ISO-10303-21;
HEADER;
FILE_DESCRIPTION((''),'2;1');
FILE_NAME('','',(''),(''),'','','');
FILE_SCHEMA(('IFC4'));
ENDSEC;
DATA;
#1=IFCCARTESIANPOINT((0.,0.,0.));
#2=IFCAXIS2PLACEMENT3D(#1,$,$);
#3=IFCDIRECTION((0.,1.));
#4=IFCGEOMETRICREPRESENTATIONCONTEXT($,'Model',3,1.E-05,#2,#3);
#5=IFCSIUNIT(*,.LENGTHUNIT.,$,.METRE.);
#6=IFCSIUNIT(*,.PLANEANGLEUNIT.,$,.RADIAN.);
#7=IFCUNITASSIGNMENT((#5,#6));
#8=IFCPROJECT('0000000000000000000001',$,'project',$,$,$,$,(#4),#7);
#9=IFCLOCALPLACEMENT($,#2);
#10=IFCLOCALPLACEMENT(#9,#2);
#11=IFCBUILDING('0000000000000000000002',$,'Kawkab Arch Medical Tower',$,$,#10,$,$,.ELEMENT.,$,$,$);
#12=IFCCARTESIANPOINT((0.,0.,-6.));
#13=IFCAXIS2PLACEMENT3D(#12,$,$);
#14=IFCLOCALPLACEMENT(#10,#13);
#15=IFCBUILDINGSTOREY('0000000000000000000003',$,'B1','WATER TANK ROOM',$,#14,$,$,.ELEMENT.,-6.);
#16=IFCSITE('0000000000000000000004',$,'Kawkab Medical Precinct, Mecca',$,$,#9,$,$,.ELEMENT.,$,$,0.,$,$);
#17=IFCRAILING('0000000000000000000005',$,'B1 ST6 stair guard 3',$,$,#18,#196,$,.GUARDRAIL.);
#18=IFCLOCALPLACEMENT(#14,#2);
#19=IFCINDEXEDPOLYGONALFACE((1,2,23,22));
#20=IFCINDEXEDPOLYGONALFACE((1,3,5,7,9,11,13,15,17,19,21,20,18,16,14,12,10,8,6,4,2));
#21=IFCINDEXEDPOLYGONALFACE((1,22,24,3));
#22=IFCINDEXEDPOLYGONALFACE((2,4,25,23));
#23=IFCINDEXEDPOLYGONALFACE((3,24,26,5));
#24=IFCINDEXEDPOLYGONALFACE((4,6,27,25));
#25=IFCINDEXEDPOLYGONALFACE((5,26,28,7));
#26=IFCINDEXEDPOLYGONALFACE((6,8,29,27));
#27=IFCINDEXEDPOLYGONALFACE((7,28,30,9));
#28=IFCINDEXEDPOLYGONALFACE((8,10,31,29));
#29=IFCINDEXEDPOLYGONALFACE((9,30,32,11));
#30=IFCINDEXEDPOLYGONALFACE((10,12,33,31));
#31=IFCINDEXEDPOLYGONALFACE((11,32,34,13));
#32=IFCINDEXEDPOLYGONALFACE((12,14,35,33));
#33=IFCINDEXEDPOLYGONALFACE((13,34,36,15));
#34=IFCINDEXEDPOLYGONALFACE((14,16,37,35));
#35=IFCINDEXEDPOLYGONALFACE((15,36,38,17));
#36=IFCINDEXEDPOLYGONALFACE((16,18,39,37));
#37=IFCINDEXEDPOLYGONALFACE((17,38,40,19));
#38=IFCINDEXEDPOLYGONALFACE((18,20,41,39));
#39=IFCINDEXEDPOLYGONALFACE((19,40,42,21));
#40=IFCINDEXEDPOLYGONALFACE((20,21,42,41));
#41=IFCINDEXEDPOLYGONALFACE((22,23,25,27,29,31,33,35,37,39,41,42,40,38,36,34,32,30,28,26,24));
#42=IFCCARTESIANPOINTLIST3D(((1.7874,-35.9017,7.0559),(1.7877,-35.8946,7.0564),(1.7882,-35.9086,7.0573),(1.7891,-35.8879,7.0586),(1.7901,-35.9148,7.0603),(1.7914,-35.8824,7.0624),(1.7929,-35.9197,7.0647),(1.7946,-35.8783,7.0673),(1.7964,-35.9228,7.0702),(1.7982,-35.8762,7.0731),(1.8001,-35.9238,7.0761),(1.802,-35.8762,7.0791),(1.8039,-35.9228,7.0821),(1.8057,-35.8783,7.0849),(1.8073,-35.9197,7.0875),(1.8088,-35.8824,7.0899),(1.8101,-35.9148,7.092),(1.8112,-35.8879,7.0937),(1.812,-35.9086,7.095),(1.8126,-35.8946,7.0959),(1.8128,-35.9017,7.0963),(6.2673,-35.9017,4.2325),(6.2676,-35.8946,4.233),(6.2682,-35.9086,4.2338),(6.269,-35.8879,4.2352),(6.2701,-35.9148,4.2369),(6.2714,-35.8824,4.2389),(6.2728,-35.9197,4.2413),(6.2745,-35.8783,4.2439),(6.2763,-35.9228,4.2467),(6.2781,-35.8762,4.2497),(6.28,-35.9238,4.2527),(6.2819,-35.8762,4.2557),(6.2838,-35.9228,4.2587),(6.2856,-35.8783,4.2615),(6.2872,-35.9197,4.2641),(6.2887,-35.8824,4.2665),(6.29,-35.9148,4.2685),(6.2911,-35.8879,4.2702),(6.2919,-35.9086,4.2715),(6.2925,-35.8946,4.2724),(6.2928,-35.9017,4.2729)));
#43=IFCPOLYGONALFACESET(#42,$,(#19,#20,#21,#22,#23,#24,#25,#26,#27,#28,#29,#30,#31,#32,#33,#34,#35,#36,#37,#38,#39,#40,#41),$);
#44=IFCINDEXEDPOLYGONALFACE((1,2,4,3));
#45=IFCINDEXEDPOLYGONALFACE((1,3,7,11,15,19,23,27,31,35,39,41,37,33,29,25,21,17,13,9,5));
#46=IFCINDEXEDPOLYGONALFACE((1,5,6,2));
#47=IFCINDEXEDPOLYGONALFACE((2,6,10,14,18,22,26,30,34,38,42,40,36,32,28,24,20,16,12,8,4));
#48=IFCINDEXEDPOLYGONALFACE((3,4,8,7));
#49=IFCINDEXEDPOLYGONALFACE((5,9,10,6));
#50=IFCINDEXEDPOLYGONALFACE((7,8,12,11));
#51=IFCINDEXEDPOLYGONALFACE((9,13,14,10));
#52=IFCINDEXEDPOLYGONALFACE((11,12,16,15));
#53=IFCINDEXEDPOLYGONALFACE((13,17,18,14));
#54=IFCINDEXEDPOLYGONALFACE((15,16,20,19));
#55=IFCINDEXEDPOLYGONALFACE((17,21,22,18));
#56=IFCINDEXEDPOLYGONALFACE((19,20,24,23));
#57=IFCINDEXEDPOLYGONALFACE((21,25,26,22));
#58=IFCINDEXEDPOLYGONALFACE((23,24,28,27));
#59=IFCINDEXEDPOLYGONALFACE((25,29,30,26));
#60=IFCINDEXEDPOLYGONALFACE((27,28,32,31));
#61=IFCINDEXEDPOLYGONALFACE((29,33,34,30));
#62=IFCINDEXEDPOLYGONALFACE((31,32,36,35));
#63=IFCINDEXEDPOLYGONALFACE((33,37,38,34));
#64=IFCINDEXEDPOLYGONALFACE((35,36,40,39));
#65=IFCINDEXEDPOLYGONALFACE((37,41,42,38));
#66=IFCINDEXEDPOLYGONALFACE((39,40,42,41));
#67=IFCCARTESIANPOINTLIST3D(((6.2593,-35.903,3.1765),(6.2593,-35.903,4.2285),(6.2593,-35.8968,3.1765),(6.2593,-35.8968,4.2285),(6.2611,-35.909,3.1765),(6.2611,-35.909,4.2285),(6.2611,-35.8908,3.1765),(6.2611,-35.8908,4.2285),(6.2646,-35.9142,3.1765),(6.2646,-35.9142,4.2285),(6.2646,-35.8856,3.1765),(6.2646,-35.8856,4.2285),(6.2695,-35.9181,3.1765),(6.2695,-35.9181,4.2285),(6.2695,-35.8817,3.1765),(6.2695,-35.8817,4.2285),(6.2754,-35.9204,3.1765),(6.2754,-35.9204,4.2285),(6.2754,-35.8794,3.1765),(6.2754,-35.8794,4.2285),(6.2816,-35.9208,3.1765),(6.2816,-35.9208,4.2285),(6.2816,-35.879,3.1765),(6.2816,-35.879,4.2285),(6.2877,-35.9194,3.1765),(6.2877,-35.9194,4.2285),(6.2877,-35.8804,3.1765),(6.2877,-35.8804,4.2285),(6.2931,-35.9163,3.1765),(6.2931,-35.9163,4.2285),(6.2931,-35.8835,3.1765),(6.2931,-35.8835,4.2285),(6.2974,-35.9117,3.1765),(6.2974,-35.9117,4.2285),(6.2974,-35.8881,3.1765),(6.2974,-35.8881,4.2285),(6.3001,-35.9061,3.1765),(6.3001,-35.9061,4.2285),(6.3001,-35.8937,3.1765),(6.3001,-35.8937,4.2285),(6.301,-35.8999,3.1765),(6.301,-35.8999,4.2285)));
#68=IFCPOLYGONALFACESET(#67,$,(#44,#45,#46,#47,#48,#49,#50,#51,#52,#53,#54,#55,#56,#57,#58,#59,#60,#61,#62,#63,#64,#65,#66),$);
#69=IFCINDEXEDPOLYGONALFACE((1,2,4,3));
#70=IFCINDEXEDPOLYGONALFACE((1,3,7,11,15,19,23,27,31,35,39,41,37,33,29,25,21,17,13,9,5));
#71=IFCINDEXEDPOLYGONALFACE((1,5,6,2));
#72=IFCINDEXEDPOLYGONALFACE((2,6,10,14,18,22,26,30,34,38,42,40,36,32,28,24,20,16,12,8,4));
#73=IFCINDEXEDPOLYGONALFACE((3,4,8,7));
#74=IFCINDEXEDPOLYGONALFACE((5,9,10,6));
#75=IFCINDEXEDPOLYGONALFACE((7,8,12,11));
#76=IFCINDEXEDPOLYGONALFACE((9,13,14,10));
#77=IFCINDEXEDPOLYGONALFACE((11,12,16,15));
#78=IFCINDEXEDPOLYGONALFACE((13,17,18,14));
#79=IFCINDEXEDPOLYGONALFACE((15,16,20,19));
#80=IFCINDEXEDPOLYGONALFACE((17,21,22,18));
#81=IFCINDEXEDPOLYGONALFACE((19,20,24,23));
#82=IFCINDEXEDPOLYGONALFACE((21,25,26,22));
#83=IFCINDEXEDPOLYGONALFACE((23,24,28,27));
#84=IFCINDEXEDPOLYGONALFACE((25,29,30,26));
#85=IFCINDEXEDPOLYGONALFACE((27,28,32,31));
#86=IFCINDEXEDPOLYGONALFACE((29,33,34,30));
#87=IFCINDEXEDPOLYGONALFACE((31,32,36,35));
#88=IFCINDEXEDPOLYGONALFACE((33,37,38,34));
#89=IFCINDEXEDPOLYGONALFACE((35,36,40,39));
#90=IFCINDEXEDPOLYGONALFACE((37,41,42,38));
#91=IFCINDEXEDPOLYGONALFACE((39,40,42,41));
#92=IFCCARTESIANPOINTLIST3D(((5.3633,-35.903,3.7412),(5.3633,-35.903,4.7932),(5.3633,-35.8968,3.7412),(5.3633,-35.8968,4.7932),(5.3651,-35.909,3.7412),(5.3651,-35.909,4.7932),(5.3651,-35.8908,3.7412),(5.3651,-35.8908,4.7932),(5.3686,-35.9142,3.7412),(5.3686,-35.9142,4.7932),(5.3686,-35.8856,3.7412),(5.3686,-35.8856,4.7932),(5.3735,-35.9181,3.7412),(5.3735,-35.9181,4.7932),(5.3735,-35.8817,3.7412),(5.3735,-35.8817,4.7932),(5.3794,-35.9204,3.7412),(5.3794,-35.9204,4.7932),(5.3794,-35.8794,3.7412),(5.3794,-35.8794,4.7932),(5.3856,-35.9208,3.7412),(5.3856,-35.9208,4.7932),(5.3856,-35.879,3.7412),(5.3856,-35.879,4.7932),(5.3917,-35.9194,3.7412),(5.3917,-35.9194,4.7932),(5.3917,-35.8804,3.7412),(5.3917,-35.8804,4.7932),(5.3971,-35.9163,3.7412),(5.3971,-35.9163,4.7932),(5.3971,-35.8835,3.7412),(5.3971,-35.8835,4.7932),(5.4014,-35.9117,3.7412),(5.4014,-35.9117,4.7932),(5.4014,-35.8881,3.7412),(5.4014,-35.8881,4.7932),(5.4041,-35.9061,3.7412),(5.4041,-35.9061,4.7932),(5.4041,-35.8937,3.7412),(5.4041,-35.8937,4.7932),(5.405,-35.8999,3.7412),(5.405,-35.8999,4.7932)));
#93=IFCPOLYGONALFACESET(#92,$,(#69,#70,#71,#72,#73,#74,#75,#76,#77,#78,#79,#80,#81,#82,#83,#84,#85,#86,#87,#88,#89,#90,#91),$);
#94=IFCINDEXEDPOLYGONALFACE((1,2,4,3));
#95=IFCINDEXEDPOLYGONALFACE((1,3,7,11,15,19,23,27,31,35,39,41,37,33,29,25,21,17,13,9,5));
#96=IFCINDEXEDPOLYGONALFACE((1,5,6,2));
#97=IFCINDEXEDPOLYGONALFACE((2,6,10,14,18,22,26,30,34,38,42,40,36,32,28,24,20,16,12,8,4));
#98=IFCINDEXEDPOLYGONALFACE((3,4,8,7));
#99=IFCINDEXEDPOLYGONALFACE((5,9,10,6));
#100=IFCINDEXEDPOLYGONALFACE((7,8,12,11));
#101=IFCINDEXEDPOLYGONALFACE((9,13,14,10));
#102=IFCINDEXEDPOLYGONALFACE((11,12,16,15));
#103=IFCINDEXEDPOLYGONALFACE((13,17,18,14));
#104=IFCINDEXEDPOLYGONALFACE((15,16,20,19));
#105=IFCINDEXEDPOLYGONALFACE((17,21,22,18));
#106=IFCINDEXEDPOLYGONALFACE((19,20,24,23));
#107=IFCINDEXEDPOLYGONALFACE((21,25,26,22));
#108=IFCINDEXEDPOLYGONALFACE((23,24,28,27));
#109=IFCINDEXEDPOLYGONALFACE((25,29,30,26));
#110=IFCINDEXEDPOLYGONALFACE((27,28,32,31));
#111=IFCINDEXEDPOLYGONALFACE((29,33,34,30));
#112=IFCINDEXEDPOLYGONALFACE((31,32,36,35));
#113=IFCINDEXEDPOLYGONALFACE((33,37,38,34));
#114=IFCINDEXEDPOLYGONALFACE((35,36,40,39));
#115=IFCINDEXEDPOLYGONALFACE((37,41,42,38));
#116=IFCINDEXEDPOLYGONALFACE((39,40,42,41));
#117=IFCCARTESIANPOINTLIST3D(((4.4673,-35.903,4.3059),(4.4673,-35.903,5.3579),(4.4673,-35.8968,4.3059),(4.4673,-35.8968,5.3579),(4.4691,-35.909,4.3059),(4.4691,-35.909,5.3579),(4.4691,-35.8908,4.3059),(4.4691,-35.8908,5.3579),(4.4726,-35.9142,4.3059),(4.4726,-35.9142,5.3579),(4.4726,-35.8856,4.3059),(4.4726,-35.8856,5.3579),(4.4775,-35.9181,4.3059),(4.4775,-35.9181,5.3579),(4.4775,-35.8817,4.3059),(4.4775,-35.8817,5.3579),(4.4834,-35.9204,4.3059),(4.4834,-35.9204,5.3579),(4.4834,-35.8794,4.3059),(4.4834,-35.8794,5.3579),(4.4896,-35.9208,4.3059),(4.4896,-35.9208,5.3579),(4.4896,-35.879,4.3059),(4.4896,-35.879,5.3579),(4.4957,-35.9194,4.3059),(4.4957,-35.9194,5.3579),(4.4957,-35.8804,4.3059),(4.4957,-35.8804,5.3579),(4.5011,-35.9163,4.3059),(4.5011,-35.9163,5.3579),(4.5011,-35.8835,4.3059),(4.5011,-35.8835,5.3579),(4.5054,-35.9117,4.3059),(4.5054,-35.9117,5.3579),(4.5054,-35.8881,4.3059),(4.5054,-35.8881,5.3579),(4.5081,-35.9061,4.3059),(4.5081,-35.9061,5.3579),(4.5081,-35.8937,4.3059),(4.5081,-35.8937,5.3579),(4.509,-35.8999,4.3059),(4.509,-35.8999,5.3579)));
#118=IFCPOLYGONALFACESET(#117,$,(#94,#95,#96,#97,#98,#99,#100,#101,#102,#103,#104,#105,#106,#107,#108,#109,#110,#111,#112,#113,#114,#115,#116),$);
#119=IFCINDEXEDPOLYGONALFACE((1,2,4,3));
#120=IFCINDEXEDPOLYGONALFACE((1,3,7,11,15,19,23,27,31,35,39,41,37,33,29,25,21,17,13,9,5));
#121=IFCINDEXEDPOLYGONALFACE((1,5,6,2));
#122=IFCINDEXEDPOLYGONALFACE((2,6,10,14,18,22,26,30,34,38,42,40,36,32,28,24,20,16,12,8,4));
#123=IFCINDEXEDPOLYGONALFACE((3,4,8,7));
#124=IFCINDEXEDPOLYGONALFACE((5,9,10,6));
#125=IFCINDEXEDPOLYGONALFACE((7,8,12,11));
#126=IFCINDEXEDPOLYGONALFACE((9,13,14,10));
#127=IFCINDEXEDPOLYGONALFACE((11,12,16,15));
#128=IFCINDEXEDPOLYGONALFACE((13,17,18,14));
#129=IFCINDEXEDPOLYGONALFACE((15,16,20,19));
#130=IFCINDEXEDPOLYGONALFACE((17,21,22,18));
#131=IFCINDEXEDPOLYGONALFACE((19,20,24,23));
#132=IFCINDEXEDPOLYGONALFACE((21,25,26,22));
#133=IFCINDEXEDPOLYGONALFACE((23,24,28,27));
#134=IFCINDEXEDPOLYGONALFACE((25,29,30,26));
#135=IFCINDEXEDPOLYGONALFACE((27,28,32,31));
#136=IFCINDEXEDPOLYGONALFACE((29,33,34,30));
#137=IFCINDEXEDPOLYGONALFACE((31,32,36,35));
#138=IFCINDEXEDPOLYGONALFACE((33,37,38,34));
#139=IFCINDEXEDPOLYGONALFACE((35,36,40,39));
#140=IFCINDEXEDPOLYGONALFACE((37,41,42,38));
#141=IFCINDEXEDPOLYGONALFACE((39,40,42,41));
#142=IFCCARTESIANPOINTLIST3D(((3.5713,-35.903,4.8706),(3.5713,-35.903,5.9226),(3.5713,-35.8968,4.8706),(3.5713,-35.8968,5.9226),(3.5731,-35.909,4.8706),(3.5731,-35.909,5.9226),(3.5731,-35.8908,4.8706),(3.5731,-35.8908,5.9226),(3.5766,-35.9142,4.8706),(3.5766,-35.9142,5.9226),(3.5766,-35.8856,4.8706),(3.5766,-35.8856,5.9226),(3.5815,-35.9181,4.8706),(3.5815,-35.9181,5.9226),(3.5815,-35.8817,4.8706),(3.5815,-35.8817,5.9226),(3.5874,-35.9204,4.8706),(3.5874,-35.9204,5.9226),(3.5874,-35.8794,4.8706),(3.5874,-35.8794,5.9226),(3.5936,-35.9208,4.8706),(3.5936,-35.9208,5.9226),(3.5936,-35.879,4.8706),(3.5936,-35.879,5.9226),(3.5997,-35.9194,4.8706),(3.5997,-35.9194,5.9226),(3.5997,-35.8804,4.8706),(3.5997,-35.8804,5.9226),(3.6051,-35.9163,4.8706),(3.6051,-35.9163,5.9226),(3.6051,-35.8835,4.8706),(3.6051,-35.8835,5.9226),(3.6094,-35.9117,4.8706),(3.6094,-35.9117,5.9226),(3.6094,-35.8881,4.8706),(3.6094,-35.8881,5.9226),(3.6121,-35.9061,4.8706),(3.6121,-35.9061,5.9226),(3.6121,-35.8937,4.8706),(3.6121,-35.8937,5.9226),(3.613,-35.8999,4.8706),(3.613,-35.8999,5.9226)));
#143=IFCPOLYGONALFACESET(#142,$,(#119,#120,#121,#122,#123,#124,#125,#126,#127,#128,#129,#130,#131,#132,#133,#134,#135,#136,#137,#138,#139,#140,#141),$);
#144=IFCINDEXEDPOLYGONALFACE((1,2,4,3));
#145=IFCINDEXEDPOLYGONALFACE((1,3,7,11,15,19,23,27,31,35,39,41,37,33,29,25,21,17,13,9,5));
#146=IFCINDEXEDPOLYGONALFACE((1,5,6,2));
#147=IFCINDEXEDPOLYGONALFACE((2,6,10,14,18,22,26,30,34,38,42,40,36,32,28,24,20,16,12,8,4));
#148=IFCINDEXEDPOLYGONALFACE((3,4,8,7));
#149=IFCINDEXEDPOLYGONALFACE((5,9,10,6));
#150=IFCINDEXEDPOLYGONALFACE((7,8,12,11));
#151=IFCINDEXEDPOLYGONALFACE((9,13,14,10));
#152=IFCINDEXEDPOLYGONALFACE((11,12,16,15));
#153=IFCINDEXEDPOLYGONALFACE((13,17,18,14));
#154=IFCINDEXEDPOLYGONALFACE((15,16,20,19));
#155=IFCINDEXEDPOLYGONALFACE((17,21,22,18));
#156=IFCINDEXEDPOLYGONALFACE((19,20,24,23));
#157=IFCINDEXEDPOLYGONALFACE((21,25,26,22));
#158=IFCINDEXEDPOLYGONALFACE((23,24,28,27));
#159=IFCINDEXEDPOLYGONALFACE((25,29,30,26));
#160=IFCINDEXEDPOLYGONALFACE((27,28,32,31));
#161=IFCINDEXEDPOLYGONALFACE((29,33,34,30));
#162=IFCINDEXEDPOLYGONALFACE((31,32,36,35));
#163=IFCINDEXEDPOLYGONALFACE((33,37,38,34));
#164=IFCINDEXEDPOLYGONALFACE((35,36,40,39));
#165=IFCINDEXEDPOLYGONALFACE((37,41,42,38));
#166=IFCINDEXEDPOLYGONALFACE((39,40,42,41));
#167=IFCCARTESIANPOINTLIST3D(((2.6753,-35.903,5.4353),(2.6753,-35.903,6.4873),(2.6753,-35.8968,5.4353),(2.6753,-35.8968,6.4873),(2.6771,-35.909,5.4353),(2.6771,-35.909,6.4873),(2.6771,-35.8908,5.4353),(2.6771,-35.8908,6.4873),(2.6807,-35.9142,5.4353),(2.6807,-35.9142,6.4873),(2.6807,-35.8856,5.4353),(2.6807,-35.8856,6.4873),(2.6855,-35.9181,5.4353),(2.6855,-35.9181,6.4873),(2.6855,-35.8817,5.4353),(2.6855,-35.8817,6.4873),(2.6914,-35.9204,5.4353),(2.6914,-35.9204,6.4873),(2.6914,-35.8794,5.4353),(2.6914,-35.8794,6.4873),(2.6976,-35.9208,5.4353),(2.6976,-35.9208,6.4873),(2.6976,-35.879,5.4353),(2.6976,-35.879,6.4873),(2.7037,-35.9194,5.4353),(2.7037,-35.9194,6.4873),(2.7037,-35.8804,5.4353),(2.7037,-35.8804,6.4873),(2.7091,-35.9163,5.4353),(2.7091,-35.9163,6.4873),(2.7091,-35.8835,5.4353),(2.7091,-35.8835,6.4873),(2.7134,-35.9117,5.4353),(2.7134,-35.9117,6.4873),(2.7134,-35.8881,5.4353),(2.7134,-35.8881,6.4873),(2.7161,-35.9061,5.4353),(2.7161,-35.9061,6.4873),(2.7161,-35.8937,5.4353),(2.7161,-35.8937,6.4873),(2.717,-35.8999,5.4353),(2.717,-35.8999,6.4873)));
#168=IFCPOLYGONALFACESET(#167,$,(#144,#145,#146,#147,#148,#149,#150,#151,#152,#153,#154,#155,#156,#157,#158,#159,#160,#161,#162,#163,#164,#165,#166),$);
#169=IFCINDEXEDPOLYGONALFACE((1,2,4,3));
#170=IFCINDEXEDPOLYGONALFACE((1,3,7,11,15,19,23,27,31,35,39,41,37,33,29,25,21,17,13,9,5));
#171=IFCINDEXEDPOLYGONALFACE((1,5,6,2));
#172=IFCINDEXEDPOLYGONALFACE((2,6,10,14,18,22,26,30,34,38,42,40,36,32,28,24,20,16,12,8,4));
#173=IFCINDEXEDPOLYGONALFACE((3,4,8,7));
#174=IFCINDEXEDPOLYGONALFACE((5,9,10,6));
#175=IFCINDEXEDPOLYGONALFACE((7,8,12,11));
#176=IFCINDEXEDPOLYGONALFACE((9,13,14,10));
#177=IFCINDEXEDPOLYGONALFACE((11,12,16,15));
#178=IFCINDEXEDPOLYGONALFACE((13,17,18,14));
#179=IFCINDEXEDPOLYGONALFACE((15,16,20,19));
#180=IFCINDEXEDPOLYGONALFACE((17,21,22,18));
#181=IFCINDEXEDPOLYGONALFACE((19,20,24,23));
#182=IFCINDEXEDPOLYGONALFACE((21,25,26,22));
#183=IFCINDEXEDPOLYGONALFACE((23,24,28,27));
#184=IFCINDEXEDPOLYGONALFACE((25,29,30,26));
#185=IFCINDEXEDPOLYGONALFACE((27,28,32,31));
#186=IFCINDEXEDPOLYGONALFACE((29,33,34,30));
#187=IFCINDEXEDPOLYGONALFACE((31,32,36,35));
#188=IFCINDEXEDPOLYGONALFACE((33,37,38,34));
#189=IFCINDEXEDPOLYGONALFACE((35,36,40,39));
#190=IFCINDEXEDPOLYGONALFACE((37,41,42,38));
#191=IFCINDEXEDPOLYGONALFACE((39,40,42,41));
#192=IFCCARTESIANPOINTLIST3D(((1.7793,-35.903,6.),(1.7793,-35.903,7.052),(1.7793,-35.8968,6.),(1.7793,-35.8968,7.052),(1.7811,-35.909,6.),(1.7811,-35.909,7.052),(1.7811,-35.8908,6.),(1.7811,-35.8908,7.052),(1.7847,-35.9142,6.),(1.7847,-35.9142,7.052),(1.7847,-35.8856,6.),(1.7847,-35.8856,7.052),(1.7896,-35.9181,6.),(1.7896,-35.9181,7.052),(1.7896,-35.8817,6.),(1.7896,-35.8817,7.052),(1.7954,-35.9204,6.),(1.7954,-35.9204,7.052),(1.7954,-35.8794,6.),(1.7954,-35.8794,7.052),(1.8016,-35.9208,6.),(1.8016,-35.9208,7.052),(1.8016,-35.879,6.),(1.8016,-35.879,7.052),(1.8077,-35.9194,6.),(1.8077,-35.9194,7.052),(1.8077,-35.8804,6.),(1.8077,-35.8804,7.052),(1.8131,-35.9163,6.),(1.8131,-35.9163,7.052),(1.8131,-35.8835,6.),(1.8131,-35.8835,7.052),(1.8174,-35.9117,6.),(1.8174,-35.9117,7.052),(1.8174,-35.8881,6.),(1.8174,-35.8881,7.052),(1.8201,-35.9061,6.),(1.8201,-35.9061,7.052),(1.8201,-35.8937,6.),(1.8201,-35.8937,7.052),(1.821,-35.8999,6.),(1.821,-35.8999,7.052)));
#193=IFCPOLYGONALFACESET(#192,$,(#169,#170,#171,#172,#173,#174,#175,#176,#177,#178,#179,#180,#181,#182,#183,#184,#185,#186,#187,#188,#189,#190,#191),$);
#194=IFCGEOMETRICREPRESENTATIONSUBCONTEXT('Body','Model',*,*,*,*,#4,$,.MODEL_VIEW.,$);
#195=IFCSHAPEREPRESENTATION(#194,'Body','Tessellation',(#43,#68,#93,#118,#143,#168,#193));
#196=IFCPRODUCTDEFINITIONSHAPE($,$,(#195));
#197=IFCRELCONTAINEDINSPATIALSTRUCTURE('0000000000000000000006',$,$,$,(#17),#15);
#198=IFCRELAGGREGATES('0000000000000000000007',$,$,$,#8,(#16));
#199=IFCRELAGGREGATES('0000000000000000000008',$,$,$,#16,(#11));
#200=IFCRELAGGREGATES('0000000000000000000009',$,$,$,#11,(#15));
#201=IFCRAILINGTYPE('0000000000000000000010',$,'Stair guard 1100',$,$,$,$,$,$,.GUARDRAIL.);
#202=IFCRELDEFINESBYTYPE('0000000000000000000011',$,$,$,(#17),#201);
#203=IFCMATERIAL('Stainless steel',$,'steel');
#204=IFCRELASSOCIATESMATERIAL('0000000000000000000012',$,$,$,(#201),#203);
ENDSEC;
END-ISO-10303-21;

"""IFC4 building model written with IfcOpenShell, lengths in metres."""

from ifc_helpers import new_model, si_unit, direction, frame, origin, origin_2d, place, context, subcontext, project, spatial, circle, extrude, material, type_object, element, save


model = new_model("IFC4")

# Units and contexts
model_context = context("Model", 3, precision=1e-05, world=origin(), true_north=direction((0.0, 1.0)))
body_context = subcontext(model_context, "Body", "Model", "MODEL_VIEW")
ifc_project = project(units=[si_unit("LENGTHUNIT", "METRE"), si_unit("PLANEANGLEUNIT", "RADIAN")], contexts=[model_context])

# Site, building, storey
site_placement = place(None, origin())
site = spatial("IfcSite", under=ifc_project, at=site_placement, Name="Kawkab Medical Precinct, Mecca", CompositionType="ELEMENT", RefElevation=0.0)
building_placement = place(site_placement, origin())
building = spatial("IfcBuilding", under=site, at=building_placement, Name="Kawkab Arch Medical Tower", CompositionType="ELEMENT")
storey_placement = place(building_placement, frame((0.0, 0.0, -6.0)))
storey = spatial("IfcBuildingStorey", under=building, at=storey_placement, Name="B1", Description="WATER TANK ROOM", CompositionType="ELEMENT", Elevation=-6.0)

# Railing
ifc_material_1 = material(Name="Stainless steel", Category="steel")
railing_type = type_object("IfcRailingType", Name="Stair guard 1100", PredefinedType="GUARDRAIL", material=ifc_material_1)
railing_1_placement = place(storey_placement, frame((6.28, -35.8999, 3.1765)))
element("IfcRailing", 1, at=railing_1_placement, inside=storey, type_object=railing_type, Name="B1 ST6 stair guard 3", PredefinedType="GUARDRAIL", context=body_context, shape_type="SweptSolid", body=[
    extrude(circle(Radius=0.0239, at=origin_2d()), frame((0.0, 0.0, 1.0762), z_axis=(-0.845998, 0.0, 0.533186), x_axis=(0.0, -1.0, 0.0)), (0.0, 0.0, 1.0), 5.2954),
    extrude(circle(Radius=0.021, at=origin_2d()), origin(), (0.0, 0.0, 1.0), 1.052),
    extrude(circle(Radius=0.021, at=origin_2d()), frame((-0.896, 0.0, 0.5647)), (0.0, 0.0, 1.0), 1.052),
    extrude(circle(Radius=0.021, at=origin_2d()), frame((-1.792, 0.0, 1.1294)), (0.0, 0.0, 1.0), 1.052),
    extrude(circle(Radius=0.021, at=origin_2d()), frame((-2.688, 0.0, 1.6941)), (0.0, 0.0, 1.0), 1.052),
    extrude(circle(Radius=0.021, at=origin_2d()), frame((-3.584, 0.0, 2.2588)), (0.0, 0.0, 1.0), 1.052),
    extrude(circle(Radius=0.021, at=origin_2d()), frame((-4.48, 0.0, 2.8235)), (0.0, 0.0, 1.0), 1.052),
])

save(model, "model.ifc")
